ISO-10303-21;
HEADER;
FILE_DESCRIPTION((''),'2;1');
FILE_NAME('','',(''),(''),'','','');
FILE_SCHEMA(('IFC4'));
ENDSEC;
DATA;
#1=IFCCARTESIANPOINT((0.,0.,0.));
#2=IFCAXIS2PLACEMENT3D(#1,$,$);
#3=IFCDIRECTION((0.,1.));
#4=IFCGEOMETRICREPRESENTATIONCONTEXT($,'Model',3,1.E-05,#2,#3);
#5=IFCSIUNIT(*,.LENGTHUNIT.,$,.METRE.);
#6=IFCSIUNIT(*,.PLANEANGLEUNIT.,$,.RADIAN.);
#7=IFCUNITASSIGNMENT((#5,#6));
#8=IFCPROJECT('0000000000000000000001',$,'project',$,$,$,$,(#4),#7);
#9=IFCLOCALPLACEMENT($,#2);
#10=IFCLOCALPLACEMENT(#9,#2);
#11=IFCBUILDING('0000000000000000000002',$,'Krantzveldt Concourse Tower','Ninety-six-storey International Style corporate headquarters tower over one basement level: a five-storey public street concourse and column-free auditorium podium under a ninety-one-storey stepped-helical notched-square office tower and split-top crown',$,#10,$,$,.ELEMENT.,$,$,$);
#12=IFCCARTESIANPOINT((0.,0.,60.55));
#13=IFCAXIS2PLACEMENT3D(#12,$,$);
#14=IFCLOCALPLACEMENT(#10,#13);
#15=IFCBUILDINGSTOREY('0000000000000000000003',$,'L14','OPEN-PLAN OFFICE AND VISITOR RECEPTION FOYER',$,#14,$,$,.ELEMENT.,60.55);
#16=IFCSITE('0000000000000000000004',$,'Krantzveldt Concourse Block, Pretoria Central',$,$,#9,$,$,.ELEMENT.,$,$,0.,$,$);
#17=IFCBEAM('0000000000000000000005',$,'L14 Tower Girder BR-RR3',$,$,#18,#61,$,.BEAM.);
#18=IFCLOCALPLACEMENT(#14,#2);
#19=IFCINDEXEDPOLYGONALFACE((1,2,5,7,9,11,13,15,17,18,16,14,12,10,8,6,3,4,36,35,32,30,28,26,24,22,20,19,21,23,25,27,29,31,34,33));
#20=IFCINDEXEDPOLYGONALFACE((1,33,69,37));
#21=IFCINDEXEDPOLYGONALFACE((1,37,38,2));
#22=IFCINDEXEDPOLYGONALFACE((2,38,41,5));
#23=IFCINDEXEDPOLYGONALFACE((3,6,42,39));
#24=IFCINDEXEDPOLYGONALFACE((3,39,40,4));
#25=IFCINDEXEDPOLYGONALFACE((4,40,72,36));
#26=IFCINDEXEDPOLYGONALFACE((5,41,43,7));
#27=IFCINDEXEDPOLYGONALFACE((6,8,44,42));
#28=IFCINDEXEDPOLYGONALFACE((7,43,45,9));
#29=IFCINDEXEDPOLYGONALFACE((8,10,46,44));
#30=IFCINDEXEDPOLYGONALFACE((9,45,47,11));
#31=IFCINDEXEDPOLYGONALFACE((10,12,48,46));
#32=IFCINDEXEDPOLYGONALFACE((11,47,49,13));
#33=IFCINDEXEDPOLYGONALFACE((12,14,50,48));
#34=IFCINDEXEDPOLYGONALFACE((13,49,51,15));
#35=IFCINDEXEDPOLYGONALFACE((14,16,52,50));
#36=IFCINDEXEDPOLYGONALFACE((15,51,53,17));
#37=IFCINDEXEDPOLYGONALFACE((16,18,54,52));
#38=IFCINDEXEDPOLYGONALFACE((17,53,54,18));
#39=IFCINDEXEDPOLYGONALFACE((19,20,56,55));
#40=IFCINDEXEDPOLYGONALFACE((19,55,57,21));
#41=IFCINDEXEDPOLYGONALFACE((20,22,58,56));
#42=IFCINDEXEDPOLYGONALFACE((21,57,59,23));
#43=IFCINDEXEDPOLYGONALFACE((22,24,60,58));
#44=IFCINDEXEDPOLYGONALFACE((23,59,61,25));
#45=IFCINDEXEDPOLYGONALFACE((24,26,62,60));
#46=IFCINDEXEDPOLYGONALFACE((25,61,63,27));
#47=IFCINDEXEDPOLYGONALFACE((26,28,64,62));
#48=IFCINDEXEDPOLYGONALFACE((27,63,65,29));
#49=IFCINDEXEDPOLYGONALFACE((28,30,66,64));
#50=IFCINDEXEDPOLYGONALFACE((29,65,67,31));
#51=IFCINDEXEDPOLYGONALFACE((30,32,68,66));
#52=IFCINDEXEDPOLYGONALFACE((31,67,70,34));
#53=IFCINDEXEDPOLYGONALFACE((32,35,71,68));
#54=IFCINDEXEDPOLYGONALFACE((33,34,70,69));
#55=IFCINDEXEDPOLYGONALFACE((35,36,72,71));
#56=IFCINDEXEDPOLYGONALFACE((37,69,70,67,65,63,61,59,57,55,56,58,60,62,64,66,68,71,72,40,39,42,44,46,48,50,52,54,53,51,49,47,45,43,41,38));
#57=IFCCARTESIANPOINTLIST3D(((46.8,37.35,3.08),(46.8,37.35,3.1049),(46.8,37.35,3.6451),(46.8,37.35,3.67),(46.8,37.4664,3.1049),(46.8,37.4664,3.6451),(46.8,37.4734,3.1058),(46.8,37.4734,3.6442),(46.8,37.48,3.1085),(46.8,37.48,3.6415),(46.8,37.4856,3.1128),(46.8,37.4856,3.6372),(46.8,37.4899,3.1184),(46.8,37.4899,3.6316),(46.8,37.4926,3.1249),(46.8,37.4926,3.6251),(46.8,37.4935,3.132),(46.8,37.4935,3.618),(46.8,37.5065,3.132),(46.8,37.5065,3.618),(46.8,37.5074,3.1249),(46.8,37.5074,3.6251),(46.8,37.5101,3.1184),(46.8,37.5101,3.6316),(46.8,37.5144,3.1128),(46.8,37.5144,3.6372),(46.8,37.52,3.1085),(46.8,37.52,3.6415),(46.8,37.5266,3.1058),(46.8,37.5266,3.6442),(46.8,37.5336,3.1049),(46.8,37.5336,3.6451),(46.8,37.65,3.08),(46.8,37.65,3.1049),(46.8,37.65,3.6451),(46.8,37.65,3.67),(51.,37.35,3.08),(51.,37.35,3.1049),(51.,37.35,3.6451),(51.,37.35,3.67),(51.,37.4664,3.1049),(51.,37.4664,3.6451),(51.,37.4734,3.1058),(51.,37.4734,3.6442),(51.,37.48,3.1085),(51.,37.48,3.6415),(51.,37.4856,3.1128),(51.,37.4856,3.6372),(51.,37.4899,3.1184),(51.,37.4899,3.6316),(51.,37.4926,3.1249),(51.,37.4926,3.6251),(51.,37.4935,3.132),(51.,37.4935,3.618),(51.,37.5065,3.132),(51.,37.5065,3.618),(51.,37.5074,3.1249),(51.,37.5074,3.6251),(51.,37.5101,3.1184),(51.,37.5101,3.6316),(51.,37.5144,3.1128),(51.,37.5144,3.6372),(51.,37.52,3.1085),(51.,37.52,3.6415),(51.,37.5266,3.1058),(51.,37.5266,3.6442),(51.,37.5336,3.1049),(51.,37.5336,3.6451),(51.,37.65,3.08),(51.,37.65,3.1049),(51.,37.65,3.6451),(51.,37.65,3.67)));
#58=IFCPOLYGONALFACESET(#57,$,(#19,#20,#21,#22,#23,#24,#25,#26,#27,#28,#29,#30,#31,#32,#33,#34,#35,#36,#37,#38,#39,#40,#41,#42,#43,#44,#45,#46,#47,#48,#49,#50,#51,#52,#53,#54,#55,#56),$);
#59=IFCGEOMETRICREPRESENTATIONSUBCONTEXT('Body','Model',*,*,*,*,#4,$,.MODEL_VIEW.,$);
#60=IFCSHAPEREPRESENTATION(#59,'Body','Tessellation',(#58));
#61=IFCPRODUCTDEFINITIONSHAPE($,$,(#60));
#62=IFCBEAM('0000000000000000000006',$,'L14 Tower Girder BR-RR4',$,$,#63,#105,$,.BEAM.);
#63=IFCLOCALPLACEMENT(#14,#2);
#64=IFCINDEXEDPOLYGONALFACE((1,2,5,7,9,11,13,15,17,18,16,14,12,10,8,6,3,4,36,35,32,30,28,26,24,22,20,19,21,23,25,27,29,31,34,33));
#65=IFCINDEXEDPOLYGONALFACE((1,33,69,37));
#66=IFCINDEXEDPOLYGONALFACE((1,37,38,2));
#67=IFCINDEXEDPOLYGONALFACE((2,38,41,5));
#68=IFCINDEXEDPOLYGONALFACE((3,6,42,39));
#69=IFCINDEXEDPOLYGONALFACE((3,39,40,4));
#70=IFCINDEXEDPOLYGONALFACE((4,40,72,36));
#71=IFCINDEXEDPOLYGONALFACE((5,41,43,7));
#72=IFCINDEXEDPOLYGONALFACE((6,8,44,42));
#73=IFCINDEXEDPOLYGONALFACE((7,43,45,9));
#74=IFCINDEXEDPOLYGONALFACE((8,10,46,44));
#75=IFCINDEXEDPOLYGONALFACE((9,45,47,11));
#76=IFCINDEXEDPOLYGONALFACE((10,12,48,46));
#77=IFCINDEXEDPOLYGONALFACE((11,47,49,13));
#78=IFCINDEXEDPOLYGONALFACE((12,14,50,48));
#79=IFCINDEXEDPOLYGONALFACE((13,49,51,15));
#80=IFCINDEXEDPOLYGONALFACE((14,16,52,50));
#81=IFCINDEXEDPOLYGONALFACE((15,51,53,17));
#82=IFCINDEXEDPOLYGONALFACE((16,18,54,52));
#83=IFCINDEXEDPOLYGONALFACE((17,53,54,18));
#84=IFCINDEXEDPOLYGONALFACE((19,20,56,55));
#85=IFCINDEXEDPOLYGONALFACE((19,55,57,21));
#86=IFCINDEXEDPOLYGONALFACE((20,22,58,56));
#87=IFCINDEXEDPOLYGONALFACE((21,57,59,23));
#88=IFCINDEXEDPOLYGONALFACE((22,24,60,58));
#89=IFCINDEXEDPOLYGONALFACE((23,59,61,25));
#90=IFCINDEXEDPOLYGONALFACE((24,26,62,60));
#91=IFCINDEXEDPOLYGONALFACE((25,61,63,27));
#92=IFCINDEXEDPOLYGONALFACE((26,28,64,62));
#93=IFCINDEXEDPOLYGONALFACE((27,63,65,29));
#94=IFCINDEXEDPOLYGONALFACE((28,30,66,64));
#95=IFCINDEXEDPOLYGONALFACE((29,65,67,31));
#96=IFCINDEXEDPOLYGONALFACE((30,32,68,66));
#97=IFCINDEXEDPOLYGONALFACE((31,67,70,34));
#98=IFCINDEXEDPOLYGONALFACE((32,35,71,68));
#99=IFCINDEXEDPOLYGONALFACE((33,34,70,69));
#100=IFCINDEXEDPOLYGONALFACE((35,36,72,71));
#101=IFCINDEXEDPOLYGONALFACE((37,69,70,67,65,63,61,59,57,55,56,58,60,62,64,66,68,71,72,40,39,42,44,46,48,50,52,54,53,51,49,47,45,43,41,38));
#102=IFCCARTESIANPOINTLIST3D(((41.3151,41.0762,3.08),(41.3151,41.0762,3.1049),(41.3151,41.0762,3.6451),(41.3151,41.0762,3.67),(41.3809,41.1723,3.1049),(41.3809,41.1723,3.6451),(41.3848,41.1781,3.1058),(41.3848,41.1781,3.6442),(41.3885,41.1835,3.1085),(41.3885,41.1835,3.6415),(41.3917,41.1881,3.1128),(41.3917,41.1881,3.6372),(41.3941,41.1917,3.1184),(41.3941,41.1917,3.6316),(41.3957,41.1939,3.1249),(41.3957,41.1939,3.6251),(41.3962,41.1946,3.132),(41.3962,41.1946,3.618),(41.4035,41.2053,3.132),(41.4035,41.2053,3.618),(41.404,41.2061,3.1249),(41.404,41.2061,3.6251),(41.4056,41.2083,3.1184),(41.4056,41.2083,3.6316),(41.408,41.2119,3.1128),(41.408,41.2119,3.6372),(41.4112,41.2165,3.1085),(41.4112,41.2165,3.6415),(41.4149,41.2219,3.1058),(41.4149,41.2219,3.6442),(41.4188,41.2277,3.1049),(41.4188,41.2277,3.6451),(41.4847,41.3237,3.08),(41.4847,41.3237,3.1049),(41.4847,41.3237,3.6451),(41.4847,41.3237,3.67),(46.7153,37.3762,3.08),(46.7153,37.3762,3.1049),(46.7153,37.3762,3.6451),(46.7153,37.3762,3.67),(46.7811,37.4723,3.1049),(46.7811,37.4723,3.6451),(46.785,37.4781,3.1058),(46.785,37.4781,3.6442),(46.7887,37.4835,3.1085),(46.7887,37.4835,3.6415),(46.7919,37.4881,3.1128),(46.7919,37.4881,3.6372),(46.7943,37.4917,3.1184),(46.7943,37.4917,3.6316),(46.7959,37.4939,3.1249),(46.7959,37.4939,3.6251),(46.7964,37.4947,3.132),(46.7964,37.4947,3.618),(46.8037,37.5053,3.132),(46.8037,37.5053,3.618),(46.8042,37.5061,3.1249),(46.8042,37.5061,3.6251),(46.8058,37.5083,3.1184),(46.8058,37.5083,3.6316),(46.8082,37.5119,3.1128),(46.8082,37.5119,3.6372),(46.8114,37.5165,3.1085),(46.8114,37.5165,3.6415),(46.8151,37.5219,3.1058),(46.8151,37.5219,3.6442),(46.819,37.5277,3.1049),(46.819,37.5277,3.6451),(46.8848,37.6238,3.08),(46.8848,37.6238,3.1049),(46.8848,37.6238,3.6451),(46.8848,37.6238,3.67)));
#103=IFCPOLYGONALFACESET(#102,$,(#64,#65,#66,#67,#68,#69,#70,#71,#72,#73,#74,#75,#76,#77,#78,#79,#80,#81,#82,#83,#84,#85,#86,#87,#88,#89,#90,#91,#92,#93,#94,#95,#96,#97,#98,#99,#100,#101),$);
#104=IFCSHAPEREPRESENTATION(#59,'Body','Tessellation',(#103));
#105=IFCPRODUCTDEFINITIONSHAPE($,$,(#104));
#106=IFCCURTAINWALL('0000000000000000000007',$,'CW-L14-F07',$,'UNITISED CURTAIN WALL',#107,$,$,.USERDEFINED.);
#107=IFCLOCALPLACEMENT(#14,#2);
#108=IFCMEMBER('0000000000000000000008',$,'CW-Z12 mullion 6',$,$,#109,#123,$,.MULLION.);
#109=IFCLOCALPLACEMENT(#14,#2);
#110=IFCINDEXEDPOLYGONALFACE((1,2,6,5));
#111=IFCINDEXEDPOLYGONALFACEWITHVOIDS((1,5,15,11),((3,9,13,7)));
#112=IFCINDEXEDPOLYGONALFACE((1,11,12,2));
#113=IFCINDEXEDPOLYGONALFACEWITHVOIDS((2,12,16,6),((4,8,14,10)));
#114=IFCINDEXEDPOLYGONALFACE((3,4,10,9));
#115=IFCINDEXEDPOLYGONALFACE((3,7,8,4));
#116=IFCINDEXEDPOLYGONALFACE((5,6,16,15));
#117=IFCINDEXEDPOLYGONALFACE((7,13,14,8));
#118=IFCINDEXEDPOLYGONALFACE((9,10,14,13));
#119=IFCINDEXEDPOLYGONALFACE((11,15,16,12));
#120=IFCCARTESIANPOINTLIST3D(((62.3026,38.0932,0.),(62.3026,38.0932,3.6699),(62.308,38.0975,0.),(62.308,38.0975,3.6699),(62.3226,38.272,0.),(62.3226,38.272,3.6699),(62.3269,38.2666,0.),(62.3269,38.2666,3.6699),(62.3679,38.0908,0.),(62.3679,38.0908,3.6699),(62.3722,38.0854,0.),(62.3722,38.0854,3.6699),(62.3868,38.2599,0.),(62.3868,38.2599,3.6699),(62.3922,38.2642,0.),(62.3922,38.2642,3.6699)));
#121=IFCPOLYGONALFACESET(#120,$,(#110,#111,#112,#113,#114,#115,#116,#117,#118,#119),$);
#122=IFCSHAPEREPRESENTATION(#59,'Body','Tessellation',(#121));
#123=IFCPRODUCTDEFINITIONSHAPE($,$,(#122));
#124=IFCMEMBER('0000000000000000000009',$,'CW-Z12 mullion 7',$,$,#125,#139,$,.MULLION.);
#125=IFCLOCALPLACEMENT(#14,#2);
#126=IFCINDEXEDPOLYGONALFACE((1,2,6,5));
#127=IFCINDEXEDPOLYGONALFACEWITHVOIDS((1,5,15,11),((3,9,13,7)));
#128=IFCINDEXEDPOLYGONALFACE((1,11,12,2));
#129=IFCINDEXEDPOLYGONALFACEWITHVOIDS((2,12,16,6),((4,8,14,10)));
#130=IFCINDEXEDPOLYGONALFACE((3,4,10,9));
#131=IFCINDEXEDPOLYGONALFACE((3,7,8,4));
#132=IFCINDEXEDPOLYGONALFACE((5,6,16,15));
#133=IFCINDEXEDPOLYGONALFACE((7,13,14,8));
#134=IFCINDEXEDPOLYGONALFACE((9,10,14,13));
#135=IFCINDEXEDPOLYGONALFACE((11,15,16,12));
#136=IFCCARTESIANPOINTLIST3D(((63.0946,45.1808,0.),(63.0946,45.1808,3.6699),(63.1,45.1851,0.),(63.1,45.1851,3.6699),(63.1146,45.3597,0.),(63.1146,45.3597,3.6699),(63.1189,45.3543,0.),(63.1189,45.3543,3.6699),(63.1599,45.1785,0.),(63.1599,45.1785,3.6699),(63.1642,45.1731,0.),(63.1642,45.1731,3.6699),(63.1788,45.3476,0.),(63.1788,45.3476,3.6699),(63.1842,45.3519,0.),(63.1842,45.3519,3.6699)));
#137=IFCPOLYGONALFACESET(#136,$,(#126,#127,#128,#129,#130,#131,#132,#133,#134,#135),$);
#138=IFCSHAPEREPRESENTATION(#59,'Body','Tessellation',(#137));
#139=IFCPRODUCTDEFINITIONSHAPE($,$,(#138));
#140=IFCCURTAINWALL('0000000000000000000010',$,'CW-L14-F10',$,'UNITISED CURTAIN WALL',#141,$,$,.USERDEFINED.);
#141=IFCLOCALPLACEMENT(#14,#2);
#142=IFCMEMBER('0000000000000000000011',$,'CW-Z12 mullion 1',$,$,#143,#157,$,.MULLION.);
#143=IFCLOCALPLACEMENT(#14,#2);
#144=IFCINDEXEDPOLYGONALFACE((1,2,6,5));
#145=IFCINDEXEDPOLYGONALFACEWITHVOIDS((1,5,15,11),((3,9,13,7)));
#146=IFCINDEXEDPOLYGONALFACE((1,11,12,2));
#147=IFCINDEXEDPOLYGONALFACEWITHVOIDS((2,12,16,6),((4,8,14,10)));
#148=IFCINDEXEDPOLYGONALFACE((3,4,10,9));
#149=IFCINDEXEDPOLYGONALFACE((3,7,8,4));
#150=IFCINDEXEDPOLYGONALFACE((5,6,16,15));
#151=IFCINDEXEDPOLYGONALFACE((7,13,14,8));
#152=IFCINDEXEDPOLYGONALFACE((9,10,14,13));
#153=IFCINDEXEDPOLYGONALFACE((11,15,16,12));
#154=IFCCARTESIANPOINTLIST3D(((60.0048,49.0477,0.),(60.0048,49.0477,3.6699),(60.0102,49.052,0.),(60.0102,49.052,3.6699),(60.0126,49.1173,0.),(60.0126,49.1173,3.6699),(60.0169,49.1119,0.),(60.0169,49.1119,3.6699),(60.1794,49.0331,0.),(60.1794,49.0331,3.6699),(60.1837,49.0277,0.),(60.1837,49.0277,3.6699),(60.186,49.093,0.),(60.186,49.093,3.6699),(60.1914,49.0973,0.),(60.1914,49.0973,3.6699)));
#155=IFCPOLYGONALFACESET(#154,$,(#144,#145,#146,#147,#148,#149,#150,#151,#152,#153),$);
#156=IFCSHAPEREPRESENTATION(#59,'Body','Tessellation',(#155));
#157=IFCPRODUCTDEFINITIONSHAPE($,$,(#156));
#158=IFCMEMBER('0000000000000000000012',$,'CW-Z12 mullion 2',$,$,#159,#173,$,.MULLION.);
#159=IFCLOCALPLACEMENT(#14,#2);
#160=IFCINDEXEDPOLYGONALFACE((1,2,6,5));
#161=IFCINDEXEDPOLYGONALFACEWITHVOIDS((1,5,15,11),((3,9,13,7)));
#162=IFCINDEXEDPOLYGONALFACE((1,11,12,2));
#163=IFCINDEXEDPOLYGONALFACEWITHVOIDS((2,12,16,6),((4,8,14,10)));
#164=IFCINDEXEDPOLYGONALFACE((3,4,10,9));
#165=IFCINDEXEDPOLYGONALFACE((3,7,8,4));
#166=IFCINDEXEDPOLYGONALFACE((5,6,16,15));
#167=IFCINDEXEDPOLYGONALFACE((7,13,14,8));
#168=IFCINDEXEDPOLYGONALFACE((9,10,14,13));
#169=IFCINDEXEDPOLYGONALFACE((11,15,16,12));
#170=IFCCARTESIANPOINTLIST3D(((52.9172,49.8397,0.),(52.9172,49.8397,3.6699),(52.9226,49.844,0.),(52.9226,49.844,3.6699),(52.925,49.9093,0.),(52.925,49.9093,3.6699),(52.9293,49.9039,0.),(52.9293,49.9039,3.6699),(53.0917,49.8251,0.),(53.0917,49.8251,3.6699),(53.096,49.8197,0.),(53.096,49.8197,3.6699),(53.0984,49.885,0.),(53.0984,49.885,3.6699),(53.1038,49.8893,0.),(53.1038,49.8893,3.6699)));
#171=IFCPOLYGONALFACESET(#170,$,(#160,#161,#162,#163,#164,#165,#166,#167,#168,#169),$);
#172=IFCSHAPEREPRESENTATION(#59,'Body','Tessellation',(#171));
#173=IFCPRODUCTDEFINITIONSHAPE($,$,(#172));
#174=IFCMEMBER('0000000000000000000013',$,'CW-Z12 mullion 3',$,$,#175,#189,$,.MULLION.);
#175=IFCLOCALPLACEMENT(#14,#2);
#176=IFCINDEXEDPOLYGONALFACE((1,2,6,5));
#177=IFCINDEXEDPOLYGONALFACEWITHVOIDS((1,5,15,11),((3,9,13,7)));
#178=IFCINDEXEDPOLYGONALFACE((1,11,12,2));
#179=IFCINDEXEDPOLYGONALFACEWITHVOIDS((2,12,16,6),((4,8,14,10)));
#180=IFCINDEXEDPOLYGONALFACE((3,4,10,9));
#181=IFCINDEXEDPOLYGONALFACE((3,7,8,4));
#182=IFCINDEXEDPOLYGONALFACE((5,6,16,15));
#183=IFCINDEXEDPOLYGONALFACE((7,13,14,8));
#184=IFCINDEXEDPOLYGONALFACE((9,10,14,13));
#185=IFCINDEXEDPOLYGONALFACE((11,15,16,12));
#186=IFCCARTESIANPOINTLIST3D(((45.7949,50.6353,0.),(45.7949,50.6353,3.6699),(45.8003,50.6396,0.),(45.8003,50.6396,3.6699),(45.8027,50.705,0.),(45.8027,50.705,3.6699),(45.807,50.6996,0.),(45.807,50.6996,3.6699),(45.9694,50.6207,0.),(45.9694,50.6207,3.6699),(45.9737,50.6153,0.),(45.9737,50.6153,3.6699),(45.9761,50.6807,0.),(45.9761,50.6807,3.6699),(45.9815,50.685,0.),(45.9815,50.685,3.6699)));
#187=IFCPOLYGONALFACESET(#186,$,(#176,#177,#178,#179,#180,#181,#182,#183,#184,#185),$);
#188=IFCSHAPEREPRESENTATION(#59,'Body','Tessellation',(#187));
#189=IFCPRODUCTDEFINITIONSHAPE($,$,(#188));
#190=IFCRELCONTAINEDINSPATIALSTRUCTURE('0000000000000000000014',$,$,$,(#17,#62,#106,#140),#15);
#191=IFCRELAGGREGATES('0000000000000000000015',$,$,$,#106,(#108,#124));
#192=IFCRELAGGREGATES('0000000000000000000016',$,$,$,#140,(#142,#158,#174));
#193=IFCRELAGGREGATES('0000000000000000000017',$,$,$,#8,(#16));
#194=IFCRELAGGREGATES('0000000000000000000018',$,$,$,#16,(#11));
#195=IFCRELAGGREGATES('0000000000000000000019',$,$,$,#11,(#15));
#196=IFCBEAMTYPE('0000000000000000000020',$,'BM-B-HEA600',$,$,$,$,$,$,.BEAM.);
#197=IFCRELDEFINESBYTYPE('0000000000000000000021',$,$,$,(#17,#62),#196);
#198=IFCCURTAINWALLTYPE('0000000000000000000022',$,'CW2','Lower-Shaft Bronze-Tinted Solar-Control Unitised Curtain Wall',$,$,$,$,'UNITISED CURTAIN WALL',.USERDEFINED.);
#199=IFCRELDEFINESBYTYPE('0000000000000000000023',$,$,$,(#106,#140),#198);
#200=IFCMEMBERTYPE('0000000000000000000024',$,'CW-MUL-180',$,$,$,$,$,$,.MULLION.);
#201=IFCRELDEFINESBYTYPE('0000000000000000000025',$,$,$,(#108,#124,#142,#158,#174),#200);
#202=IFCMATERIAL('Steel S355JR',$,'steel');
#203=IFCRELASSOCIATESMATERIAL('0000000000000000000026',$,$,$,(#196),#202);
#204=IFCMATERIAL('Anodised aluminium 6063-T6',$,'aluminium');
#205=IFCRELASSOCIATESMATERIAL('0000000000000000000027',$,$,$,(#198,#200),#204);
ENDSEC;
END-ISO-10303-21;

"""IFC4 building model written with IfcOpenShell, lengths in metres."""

from ifc_helpers import new_model, si_unit, direction, frame, origin, origin_2d, place, context, subcontext, project, spatial, hollow_rectangle, i_section, extrude, source, transform, mapped, material, material_profile, profile_set, type_object, type_shapes, element, aggregate, save


model = new_model("IFC4")

# Units and contexts
model_context = context("Model", 3, precision=1e-05, world=origin(), true_north=direction((0.0, 1.0)))
body_context = subcontext(model_context, "Body", "Model", "MODEL_VIEW")
ifc_project = project(units=[si_unit("LENGTHUNIT", "METRE"), si_unit("PLANEANGLEUNIT", "RADIAN")], contexts=[model_context])

# Site, building, storey
site_placement = place(None, origin())
site = spatial("IfcSite", under=ifc_project, at=site_placement, Name="Krantzveldt Concourse Block, Pretoria Central", CompositionType="ELEMENT", RefElevation=0.0)
building_placement = place(site_placement, origin())
building = spatial("IfcBuilding", under=site, at=building_placement, Name="Krantzveldt Concourse Tower", Description="Ninety-six-storey International Style corporate headquarters tower over one basement level: a five-storey public street concourse and column-free auditorium podium under a ninety-one-storey stepped-helical notched-square office tower and split-top crown", CompositionType="ELEMENT")
storey_placement = place(building_placement, frame((0.0, 0.0, 60.55)))
storey = spatial("IfcBuildingStorey", under=building, at=storey_placement, Name="L14", Description="OPEN-PLAN OFFICE AND VISITOR RECEPTION FOYER", CompositionType="ELEMENT", Elevation=60.55)

# Beams
ifc_material_1 = material(Name="Steel S355JR", Category="steel")
ifc_material_profile_1 = material_profile(ifc_material_1, i_section(OverallWidth=0.3, OverallDepth=0.5901, WebThickness=0.0129, FlangeThickness=0.0249, FilletRadius=0.0271, at=origin_2d()), Name="Steel S355JR", Category="steel")
ifc_profile_set_1 = profile_set([ifc_material_profile_1], Name="Steel S355JR - HEA 600")
beam_type_1 = type_object("IfcBeamType", Name="BM-B-HEA600", PredefinedType="BEAM", material=ifc_profile_set_1)
shared_shape_1 = source(origin(), body_context, "Body", "SweptSolid", [
    extrude(i_section(OverallWidth=0.3, OverallDepth=0.5901, WebThickness=0.0129, FlangeThickness=0.0249, FilletRadius=0.0271, at=origin_2d()), origin(), (0.0, 0.0, 1.0), 4.2),
])
beam_1_placement = place(storey_placement, frame((46.8, 37.5, 3.375), z_axis=(1.0, 0.0, 0.0), x_axis=(0.0, 1.0, 0.0)))
element("IfcBeam", 1, at=beam_1_placement, inside=storey, type_object=beam_type_1, Name="L14 Tower Girder BR-RR3", PredefinedType="BEAM", context=body_context, shape_type="MappedRepresentation", body=[
    mapped(shared_shape_1, transform((0.0, 0.0, 0.0), x_axis=(1.0, 0.0, 0.0), y_axis=(0.0, 1.0, 0.0), z_axis=(0.0, 0.0, 1.0), scale=1.0)),
])
shared_shape_2 = source(origin(), body_context, "Body", "SweptSolid", [
    extrude(i_section(OverallWidth=0.3, OverallDepth=0.5901, WebThickness=0.0129, FlangeThickness=0.0249, FilletRadius=0.0271, at=origin_2d()), origin(), (0.0, 0.0, 1.0), 6.5461),
])
type_shapes(beam_type_1, [shared_shape_1, shared_shape_2])
beam_2_placement = place(storey_placement, frame((46.8, 37.5, 3.375), z_axis=(-0.824943, 0.565216, 0.0), x_axis=(-0.565216, -0.824943, 0.0)))
element("IfcBeam", 2, at=beam_2_placement, inside=storey, type_object=beam_type_1, Name="L14 Tower Girder BR-RR4", PredefinedType="BEAM", context=body_context, shape_type="MappedRepresentation", body=[
    mapped(shared_shape_2, transform((0.0, 0.0, 0.0), x_axis=(1.0, 0.0, 0.0), y_axis=(0.0, 1.0, 0.0), z_axis=(0.0, 0.0, 1.0), scale=1.0)),
])

# Curtain walls, members
ifc_material_2 = material(Name="Anodised aluminium 6063-T6", Category="aluminium")
curtain_wall_type = type_object("IfcCurtainWallType", Name="CW2", Description="Lower-Shaft Bronze-Tinted Solar-Control Unitised Curtain Wall", ElementType="UNITISED CURTAIN WALL", PredefinedType="USERDEFINED", material=ifc_material_2)
curtain_wall_1_placement = place(storey_placement, origin())
curtain_wall_1 = element("IfcCurtainWall", 3, at=curtain_wall_1_placement, inside=storey, type_object=curtain_wall_type, Name="CW-L14-F07", ObjectType="UNITISED CURTAIN WALL", PredefinedType="USERDEFINED")
ifc_material_profile_2 = material_profile(ifc_material_2, hollow_rectangle(XDim=0.0701, YDim=0.1799, WallThickness=0.0049, at=origin_2d()), Name="Anodised aluminium 6063-T6", Category="aluminium")
ifc_profile_set_2 = profile_set([ifc_material_profile_2], Name="Anodised aluminium 6063-T6 - ALU-MULL 180x70x5")
member_type_1 = type_object("IfcMemberType", Name="CW-MUL-180", PredefinedType="MULLION", material=ifc_profile_set_2)
shared_shape_3 = source(origin(), body_context, "Body", "SweptSolid", [
    extrude(hollow_rectangle(XDim=0.0701, YDim=0.1799, WallThickness=0.0049, at=origin_2d()), origin(), (0.0, 0.0, 1.0), 3.6699),
])
type_shapes(member_type_1, [shared_shape_3])
member_1_placement = place(storey_placement, frame((62.3474, 38.1787, 0.0), z_axis=(0.0, 0.0, 1.0), x_axis=(-0.993816, 0.111035, 0.0)))
member_1 = element("IfcMember", 4, at=member_1_placement, type_object=member_type_1, Name="CW-Z12 mullion 6", PredefinedType="MULLION", context=body_context, shape_type="MappedRepresentation", body=[
    mapped(shared_shape_3, transform((0.0, 0.0, 0.0), x_axis=(1.0, 0.0, 0.0), y_axis=(0.0, 1.0, 0.0), z_axis=(0.0, 0.0, 1.0), scale=1.0)),
])
member_2_placement = place(storey_placement, frame((63.1394, 45.2664, 0.0), z_axis=(0.0, 0.0, 1.0), x_axis=(-0.993816, 0.111035, 0.0)))
member_2 = element("IfcMember", 5, at=member_2_placement, type_object=member_type_1, Name="CW-Z12 mullion 7", PredefinedType="MULLION", context=body_context, shape_type="MappedRepresentation", body=[
    mapped(shared_shape_3, transform((0.0, 0.0, 0.0), x_axis=(1.0, 0.0, 0.0), y_axis=(0.0, 1.0, 0.0), z_axis=(0.0, 0.0, 1.0), scale=1.0)),
])
curtain_wall_2_placement = place(storey_placement, origin())
curtain_wall_2 = element("IfcCurtainWall", 6, at=curtain_wall_2_placement, inside=storey, type_object=curtain_wall_type, Name="CW-L14-F10", ObjectType="UNITISED CURTAIN WALL", PredefinedType="USERDEFINED")
member_3_placement = place(storey_placement, frame((60.0981, 49.0725, 0.0), z_axis=(0.0, 0.0, 1.0), x_axis=(-0.111035, -0.993816, 0.0)))
member_3 = element("IfcMember", 7, at=member_3_placement, type_object=member_type_1, Name="CW-Z12 mullion 1", PredefinedType="MULLION", context=body_context, shape_type="MappedRepresentation", body=[
    mapped(shared_shape_3, transform((0.0, 0.0, 0.0), x_axis=(1.0, 0.0, 0.0), y_axis=(0.0, 1.0, 0.0), z_axis=(0.0, 0.0, 1.0), scale=1.0)),
])
member_4_placement = place(storey_placement, frame((53.0105, 49.8645, 0.0), z_axis=(0.0, 0.0, 1.0), x_axis=(-0.111035, -0.993816, 0.0)))
member_4 = element("IfcMember", 8, at=member_4_placement, type_object=member_type_1, Name="CW-Z12 mullion 2", PredefinedType="MULLION", context=body_context, shape_type="MappedRepresentation", body=[
    mapped(shared_shape_3, transform((0.0, 0.0, 0.0), x_axis=(1.0, 0.0, 0.0), y_axis=(0.0, 1.0, 0.0), z_axis=(0.0, 0.0, 1.0), scale=1.0)),
])
member_5_placement = place(storey_placement, frame((45.8882, 50.6602, 0.0), z_axis=(0.0, 0.0, 1.0), x_axis=(-0.111035, -0.993816, 0.0)))
member_5 = element("IfcMember", 9, at=member_5_placement, type_object=member_type_1, Name="CW-Z12 mullion 3", PredefinedType="MULLION", context=body_context, shape_type="MappedRepresentation", body=[
    mapped(shared_shape_3, transform((0.0, 0.0, 0.0), x_axis=(1.0, 0.0, 0.0), y_axis=(0.0, 1.0, 0.0), z_axis=(0.0, 0.0, 1.0), scale=1.0)),
])

aggregate(curtain_wall_1, [member_1, member_2])
aggregate(curtain_wall_2, [member_3, member_4, member_5])

save(model, "model.ifc")
